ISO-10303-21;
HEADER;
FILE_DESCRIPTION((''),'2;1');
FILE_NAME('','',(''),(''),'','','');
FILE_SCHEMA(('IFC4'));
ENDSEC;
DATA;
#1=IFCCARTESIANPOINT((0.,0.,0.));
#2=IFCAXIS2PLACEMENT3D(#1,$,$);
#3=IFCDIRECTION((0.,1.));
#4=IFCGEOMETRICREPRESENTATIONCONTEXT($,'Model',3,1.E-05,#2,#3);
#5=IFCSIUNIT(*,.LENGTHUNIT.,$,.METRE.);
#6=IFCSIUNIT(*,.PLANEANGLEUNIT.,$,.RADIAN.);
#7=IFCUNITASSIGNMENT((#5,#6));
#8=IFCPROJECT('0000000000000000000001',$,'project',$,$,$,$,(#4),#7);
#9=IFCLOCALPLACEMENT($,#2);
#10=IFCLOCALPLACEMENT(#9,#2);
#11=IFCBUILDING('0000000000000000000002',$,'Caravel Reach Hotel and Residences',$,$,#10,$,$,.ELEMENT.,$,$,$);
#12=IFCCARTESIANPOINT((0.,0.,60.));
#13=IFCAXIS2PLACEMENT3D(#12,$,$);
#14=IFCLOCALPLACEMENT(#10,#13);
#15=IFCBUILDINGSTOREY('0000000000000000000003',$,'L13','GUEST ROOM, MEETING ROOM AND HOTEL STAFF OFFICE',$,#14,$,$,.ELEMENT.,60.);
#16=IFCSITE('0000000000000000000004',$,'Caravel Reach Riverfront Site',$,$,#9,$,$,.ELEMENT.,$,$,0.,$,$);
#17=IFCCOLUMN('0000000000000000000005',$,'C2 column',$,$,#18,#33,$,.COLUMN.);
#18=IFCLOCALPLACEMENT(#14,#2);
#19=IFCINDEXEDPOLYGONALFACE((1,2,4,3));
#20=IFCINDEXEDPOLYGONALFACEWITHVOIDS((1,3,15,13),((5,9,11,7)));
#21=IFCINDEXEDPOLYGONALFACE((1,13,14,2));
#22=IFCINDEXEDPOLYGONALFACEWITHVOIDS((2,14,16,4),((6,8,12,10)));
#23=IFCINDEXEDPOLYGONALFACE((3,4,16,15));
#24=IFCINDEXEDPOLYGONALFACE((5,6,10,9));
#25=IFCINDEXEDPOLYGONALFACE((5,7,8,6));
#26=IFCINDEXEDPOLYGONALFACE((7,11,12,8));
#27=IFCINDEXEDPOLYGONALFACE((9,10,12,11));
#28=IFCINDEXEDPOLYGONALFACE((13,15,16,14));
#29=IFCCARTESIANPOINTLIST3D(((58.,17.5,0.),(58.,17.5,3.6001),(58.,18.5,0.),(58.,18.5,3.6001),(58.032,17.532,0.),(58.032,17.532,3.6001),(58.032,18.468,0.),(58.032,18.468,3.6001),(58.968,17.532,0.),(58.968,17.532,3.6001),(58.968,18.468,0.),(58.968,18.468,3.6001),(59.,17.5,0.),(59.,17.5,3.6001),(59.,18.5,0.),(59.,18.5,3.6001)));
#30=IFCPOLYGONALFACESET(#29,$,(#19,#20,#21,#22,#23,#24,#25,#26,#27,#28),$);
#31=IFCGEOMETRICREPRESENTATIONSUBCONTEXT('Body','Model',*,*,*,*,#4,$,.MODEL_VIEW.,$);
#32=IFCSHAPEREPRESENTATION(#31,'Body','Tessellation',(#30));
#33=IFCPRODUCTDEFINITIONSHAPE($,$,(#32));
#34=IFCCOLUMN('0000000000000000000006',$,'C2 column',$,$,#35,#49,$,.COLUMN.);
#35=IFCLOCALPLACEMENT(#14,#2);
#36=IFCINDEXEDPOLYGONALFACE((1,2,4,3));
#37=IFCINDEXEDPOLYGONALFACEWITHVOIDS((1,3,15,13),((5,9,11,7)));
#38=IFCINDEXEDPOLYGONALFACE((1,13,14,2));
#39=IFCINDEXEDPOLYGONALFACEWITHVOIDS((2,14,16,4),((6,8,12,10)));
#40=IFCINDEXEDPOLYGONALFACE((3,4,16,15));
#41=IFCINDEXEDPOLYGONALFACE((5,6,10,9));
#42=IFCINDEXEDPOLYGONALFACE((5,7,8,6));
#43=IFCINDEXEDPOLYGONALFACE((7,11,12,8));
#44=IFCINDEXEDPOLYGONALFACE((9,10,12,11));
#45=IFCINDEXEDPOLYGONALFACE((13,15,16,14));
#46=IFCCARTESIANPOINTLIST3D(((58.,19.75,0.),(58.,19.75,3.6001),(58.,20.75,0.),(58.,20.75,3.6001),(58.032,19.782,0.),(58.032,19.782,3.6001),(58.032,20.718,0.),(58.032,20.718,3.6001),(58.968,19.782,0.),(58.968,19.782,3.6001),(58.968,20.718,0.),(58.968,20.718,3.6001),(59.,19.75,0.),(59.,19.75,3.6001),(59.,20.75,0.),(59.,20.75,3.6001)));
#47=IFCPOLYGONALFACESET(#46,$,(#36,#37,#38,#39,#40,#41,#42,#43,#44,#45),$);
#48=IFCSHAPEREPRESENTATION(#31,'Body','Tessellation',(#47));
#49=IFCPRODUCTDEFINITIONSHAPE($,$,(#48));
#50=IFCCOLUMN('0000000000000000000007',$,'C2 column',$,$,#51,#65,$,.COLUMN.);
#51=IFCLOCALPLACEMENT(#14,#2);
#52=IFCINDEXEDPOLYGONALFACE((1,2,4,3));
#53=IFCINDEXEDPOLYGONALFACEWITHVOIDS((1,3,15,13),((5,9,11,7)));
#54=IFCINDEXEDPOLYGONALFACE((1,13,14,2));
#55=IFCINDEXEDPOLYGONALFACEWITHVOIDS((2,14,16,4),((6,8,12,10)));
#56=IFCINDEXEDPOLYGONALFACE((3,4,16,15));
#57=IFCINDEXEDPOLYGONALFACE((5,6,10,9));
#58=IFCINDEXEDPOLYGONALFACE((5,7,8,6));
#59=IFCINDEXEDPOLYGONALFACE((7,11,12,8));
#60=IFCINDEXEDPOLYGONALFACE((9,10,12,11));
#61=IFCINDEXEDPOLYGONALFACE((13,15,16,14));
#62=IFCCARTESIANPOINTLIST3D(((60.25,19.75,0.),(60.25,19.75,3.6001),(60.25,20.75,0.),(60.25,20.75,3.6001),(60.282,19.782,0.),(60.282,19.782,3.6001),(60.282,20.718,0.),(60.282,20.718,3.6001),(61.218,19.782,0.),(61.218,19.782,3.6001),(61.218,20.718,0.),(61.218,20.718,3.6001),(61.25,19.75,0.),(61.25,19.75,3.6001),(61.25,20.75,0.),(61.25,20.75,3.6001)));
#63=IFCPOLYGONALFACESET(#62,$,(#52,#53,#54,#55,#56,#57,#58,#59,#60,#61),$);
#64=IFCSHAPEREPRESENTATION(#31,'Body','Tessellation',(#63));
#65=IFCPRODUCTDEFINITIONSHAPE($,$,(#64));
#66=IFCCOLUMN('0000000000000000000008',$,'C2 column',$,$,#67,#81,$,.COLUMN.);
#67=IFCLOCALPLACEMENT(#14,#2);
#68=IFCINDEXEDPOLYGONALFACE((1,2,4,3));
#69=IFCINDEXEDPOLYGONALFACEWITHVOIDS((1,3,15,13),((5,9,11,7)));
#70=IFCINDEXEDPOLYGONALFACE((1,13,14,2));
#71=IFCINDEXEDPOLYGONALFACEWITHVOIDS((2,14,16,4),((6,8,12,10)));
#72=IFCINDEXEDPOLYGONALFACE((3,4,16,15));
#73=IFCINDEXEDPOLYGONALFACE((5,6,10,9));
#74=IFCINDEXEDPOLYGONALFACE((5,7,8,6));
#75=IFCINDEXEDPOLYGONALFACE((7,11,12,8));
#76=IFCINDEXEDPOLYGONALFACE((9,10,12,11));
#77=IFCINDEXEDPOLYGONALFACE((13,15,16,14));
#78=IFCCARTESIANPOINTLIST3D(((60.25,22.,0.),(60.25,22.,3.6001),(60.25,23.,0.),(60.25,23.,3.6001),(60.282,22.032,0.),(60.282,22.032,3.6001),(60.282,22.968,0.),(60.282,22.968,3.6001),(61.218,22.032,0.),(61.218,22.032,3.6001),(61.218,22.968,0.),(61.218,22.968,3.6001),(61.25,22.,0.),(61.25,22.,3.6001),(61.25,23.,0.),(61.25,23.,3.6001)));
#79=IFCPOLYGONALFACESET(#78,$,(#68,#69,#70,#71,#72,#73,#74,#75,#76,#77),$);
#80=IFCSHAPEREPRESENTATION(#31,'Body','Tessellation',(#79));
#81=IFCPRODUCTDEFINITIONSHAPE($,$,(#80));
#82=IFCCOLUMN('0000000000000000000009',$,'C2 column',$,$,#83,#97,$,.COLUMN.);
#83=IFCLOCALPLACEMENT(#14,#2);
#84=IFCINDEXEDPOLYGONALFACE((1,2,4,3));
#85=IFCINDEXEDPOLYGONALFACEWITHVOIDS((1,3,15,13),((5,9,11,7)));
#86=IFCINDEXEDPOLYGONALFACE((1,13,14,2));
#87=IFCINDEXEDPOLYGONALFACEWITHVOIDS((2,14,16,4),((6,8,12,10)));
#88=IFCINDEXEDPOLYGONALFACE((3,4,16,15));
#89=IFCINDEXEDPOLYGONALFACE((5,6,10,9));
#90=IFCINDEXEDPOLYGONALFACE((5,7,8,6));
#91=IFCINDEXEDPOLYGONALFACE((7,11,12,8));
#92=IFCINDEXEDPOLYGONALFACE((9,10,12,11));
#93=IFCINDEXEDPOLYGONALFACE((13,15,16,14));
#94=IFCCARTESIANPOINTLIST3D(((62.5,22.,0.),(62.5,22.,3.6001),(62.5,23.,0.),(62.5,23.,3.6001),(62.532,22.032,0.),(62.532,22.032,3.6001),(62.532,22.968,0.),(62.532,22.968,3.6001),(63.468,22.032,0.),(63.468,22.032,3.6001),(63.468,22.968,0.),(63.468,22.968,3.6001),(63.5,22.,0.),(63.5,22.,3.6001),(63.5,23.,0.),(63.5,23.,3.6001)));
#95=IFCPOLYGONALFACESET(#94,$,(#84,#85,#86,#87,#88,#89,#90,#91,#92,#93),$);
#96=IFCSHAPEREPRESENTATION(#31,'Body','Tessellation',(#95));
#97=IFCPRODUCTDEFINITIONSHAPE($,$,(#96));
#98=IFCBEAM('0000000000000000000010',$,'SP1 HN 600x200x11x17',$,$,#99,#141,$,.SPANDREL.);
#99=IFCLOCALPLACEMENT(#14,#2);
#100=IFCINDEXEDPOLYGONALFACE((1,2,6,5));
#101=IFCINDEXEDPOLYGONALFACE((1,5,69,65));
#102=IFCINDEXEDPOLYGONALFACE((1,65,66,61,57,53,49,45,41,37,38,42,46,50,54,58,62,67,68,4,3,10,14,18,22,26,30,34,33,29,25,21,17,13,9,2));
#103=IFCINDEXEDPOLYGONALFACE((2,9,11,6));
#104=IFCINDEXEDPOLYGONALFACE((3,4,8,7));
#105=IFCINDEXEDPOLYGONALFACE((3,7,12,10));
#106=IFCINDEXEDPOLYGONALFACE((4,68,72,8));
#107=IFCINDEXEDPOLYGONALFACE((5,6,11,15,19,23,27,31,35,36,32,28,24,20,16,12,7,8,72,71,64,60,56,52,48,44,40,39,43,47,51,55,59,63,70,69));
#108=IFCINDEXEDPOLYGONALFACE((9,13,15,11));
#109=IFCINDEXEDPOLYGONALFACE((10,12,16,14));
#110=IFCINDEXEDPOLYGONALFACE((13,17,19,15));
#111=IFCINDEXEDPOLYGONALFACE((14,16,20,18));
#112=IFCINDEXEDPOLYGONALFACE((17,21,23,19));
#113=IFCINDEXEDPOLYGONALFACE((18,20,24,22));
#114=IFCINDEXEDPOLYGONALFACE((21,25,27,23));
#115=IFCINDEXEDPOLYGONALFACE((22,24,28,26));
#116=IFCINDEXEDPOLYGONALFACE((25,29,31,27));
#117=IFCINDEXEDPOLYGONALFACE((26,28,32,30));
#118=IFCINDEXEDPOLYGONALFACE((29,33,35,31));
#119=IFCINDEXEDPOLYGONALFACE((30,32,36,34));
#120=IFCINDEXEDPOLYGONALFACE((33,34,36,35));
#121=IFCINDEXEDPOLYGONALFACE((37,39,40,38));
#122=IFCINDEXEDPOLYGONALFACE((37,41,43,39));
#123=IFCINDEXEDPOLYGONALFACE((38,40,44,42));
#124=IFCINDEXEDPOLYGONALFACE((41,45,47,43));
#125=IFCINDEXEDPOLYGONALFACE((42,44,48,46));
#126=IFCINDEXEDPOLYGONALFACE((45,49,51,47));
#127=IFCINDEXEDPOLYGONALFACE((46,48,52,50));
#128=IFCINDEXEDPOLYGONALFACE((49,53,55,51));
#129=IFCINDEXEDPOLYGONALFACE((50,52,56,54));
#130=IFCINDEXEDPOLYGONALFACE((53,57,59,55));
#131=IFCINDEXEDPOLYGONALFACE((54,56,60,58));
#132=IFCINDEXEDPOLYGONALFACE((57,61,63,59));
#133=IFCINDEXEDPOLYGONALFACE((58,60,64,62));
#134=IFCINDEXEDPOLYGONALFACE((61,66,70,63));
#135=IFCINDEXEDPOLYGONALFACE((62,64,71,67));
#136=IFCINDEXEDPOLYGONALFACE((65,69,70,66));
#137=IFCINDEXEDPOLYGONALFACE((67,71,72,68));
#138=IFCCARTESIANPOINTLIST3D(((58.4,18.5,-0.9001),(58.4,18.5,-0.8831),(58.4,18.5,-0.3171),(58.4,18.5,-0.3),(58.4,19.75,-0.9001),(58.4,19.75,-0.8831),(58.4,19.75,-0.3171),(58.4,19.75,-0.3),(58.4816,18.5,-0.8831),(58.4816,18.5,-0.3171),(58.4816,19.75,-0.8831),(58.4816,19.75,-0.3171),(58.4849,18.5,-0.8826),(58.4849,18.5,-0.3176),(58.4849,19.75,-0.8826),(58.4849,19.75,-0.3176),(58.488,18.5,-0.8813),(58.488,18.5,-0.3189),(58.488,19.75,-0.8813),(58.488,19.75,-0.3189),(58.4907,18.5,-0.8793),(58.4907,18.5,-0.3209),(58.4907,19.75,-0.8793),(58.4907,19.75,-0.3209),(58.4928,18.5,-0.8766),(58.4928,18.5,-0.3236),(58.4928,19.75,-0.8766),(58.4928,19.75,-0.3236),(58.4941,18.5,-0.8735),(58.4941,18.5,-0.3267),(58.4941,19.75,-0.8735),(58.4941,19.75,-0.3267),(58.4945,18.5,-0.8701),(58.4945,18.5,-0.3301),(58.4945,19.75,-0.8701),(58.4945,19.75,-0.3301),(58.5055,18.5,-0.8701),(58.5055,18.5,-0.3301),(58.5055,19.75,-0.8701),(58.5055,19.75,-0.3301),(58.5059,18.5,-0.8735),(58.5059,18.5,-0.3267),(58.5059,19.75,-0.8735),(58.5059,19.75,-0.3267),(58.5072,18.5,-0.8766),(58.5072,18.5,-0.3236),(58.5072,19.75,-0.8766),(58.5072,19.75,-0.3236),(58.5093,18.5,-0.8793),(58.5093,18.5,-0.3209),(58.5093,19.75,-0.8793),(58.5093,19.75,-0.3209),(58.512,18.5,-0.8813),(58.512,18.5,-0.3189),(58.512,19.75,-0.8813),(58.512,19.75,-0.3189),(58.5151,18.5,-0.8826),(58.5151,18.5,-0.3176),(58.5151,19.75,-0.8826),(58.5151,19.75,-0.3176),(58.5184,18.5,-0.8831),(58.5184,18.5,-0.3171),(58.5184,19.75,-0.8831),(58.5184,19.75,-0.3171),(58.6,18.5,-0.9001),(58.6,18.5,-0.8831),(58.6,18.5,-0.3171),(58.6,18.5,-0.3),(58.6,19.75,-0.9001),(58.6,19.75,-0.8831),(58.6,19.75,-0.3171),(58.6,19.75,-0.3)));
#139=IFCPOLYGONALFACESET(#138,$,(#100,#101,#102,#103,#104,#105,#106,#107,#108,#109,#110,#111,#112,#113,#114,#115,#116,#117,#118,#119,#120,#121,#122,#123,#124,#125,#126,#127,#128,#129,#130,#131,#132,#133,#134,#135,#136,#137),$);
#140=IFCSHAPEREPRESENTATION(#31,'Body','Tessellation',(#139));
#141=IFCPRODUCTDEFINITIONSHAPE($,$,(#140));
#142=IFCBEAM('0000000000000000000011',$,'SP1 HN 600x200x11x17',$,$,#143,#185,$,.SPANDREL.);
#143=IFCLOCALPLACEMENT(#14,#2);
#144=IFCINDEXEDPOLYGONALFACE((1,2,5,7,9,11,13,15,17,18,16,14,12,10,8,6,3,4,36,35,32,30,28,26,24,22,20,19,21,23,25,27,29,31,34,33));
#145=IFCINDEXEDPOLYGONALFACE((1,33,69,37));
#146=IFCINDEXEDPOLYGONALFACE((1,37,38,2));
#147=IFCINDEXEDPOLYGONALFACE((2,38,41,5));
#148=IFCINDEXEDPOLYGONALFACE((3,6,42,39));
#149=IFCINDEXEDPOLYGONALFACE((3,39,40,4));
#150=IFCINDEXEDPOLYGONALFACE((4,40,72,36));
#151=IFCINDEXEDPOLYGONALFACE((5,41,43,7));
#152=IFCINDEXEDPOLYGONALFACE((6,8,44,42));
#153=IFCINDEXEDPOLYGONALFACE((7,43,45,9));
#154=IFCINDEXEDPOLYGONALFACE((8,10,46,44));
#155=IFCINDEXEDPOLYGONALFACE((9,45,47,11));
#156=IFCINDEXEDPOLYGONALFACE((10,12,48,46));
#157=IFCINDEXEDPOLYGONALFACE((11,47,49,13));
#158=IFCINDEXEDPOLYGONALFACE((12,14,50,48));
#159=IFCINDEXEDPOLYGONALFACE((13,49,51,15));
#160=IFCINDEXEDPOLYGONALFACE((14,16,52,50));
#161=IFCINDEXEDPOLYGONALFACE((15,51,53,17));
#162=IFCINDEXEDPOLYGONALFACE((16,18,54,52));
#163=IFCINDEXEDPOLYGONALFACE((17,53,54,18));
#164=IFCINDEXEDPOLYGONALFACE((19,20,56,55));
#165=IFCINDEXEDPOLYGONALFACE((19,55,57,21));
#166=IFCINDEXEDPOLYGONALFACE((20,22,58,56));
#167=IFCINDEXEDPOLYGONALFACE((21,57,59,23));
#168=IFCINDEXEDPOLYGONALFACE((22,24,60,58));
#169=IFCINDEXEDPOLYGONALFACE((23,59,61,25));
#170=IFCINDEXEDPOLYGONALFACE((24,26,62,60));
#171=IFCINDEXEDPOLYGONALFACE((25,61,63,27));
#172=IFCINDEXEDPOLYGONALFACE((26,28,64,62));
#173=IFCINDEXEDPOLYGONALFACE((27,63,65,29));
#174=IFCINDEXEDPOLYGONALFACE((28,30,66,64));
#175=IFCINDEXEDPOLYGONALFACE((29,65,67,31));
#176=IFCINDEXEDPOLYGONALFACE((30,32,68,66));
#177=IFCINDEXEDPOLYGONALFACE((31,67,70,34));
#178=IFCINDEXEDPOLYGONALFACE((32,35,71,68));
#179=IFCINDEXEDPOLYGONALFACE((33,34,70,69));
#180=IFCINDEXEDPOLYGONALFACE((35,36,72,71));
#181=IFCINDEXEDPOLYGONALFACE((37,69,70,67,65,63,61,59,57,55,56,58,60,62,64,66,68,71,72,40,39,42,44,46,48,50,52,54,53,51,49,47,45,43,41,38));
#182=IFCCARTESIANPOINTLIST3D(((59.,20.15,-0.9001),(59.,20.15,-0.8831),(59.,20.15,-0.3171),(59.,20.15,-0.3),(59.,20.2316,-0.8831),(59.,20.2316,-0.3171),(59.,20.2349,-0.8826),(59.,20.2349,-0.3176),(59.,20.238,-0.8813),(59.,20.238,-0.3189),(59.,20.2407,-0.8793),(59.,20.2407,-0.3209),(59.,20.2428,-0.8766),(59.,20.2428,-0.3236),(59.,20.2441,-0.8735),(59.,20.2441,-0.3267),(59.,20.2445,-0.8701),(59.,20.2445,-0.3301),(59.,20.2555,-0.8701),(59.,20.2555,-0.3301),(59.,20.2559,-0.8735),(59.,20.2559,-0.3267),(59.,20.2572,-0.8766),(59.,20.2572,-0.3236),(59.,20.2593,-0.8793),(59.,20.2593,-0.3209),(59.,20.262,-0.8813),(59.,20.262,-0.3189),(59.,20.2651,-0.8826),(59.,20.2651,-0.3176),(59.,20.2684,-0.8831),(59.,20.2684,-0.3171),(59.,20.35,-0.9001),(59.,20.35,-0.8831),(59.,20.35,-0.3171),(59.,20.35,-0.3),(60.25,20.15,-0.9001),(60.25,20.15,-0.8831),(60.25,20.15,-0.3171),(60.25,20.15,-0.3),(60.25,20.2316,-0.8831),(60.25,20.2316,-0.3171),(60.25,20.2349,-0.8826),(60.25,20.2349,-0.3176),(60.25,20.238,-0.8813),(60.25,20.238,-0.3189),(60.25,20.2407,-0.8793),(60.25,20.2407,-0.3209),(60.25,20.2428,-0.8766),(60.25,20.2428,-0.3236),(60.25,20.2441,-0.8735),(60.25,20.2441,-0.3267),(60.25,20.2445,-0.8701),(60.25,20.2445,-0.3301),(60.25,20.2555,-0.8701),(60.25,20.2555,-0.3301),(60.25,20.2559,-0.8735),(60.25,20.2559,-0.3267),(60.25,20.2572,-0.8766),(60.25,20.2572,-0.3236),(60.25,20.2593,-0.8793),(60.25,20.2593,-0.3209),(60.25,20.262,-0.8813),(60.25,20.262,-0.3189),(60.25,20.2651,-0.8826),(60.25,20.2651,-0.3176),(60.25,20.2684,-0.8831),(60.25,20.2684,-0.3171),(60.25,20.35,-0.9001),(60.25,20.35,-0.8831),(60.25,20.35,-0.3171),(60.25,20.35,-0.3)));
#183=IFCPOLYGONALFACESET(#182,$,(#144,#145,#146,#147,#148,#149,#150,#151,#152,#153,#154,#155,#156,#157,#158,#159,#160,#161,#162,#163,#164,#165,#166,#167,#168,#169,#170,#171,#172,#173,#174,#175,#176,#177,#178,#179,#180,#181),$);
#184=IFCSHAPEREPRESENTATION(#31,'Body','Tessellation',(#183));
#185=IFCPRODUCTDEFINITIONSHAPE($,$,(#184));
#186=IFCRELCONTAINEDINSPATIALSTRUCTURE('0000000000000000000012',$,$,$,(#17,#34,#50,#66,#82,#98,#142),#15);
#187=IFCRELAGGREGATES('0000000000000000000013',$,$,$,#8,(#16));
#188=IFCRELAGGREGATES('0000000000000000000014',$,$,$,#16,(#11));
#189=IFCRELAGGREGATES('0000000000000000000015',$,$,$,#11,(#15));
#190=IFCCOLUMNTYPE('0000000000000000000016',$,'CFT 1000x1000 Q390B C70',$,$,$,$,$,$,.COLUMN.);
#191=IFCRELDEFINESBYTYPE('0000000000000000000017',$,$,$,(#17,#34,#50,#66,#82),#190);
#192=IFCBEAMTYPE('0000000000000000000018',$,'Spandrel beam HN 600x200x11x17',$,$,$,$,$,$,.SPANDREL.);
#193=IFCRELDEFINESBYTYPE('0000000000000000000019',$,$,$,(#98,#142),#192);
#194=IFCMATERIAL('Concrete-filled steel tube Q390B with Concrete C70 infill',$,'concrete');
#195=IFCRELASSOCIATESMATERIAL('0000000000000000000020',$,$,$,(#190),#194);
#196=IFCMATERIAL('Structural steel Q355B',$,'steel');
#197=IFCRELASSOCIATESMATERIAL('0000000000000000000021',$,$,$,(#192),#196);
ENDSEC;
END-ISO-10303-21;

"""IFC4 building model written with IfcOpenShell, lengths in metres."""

from ifc_helpers import new_model, si_unit, direction, frame, origin, origin_2d, place, context, subcontext, project, spatial, hollow_rectangle, i_section, extrude, material, material_profile, profile_set, type_object, element, save


model = new_model("IFC4")

# Units and contexts
model_context = context("Model", 3, precision=1e-05, world=origin(), true_north=direction((0.0, 1.0)))
body_context = subcontext(model_context, "Body", "Model", "MODEL_VIEW")
ifc_project = project(units=[si_unit("LENGTHUNIT", "METRE"), si_unit("PLANEANGLEUNIT", "RADIAN")], contexts=[model_context])

# Site, building, storey
site_placement = place(None, origin())
site = spatial("IfcSite", under=ifc_project, at=site_placement, Name="Caravel Reach Riverfront Site", CompositionType="ELEMENT", RefElevation=0.0)
building_placement = place(site_placement, origin())
building = spatial("IfcBuilding", under=site, at=building_placement, Name="Caravel Reach Hotel and Residences", CompositionType="ELEMENT")
storey_placement = place(building_placement, frame((0.0, 0.0, 60.0)))
storey = spatial("IfcBuildingStorey", under=building, at=storey_placement, Name="L13", Description="GUEST ROOM, MEETING ROOM AND HOTEL STAFF OFFICE", CompositionType="ELEMENT", Elevation=60.0)

# Columns
ifc_material_1 = material(Name="Concrete-filled steel tube Q390B with Concrete C70 infill", Category="concrete")
ifc_material_profile_1 = material_profile(ifc_material_1, hollow_rectangle(XDim=1.0, YDim=1.0, WallThickness=0.032, at=origin_2d()), Name="RHS 1000x1000x32")
ifc_profile_set_1 = profile_set([ifc_material_profile_1], Name="Concrete-filled steel tube Q390B with Concrete C70 infill")
column_type = type_object("IfcColumnType", Name="CFT 1000x1000 Q390B C70", PredefinedType="COLUMN", material=ifc_profile_set_1)
for number, where, z_axis, x_axis, name in (
    (1, (58.5, 18.0, 0.0), (0.0, 0.0, 1.0), (1.0, 0.0, 0.0), "C2 column"),
    (2, (58.5, 20.25, 0.0), (0.0, 0.0, 1.0), (1.0, 0.0, 0.0), "C2 column"),
    (3, (60.75, 20.25, 0.0), (0.0, 0.0, 1.0), (1.0, 0.0, 0.0), "C2 column"),
    (4, (60.75, 22.5, 0.0), (0.0, 0.0, 1.0), (1.0, 0.0, 0.0), "C2 column"),
    (5, (63.0, 22.5, 0.0), (0.0, 0.0, 1.0), (1.0, 0.0, 0.0), "C2 column"),
):
    element("IfcColumn", number, at=place(storey_placement, frame(where, z_axis=z_axis, x_axis=x_axis)), inside=storey, type_object=column_type, Name=name, PredefinedType="COLUMN", context=body_context, shape_type="SweptSolid", body=[
        extrude(hollow_rectangle(XDim=1.0, YDim=1.0, WallThickness=0.032, at=origin_2d()), origin(), (0.0, 0.0, 1.0), 3.6001),
    ])

# Beams
ifc_material_2 = material(Name="Structural steel Q355B", Category="steel")
ifc_material_profile_2 = material_profile(ifc_material_2, i_section(OverallWidth=0.2, OverallDepth=0.6001, WebThickness=0.011, FlangeThickness=0.0171, FilletRadius=0.0129, at=origin_2d()), Name="HN 600x200x11x17")
ifc_profile_set_2 = profile_set([ifc_material_profile_2], Name="Structural steel Q355B")
beam_type = type_object("IfcBeamType", Name="Spandrel beam HN 600x200x11x17", PredefinedType="SPANDREL", material=ifc_profile_set_2)
for number, where, z_axis, x_axis, name in (
    (6, (58.5, 18.5, -0.6001), (0.0, 1.0, 0.0), (-1.0, 0.0, 0.0), "SP1 HN 600x200x11x17"),
    (7, (59.0, 20.25, -0.6001), (1.0, 0.0, 0.0), (0.0, 1.0, 0.0), "SP1 HN 600x200x11x17"),
):
    element("IfcBeam", number, at=place(storey_placement, frame(where, z_axis=z_axis, x_axis=x_axis)), inside=storey, type_object=beam_type, Name=name, PredefinedType="SPANDREL", context=body_context, shape_type="SweptSolid", body=[
        extrude(i_section(OverallWidth=0.2, OverallDepth=0.6001, WebThickness=0.011, FlangeThickness=0.0171, FilletRadius=0.0129, at=origin_2d()), origin(), (0.0, 0.0, 1.0), 1.25),
    ])

save(model, "model.ifc")
